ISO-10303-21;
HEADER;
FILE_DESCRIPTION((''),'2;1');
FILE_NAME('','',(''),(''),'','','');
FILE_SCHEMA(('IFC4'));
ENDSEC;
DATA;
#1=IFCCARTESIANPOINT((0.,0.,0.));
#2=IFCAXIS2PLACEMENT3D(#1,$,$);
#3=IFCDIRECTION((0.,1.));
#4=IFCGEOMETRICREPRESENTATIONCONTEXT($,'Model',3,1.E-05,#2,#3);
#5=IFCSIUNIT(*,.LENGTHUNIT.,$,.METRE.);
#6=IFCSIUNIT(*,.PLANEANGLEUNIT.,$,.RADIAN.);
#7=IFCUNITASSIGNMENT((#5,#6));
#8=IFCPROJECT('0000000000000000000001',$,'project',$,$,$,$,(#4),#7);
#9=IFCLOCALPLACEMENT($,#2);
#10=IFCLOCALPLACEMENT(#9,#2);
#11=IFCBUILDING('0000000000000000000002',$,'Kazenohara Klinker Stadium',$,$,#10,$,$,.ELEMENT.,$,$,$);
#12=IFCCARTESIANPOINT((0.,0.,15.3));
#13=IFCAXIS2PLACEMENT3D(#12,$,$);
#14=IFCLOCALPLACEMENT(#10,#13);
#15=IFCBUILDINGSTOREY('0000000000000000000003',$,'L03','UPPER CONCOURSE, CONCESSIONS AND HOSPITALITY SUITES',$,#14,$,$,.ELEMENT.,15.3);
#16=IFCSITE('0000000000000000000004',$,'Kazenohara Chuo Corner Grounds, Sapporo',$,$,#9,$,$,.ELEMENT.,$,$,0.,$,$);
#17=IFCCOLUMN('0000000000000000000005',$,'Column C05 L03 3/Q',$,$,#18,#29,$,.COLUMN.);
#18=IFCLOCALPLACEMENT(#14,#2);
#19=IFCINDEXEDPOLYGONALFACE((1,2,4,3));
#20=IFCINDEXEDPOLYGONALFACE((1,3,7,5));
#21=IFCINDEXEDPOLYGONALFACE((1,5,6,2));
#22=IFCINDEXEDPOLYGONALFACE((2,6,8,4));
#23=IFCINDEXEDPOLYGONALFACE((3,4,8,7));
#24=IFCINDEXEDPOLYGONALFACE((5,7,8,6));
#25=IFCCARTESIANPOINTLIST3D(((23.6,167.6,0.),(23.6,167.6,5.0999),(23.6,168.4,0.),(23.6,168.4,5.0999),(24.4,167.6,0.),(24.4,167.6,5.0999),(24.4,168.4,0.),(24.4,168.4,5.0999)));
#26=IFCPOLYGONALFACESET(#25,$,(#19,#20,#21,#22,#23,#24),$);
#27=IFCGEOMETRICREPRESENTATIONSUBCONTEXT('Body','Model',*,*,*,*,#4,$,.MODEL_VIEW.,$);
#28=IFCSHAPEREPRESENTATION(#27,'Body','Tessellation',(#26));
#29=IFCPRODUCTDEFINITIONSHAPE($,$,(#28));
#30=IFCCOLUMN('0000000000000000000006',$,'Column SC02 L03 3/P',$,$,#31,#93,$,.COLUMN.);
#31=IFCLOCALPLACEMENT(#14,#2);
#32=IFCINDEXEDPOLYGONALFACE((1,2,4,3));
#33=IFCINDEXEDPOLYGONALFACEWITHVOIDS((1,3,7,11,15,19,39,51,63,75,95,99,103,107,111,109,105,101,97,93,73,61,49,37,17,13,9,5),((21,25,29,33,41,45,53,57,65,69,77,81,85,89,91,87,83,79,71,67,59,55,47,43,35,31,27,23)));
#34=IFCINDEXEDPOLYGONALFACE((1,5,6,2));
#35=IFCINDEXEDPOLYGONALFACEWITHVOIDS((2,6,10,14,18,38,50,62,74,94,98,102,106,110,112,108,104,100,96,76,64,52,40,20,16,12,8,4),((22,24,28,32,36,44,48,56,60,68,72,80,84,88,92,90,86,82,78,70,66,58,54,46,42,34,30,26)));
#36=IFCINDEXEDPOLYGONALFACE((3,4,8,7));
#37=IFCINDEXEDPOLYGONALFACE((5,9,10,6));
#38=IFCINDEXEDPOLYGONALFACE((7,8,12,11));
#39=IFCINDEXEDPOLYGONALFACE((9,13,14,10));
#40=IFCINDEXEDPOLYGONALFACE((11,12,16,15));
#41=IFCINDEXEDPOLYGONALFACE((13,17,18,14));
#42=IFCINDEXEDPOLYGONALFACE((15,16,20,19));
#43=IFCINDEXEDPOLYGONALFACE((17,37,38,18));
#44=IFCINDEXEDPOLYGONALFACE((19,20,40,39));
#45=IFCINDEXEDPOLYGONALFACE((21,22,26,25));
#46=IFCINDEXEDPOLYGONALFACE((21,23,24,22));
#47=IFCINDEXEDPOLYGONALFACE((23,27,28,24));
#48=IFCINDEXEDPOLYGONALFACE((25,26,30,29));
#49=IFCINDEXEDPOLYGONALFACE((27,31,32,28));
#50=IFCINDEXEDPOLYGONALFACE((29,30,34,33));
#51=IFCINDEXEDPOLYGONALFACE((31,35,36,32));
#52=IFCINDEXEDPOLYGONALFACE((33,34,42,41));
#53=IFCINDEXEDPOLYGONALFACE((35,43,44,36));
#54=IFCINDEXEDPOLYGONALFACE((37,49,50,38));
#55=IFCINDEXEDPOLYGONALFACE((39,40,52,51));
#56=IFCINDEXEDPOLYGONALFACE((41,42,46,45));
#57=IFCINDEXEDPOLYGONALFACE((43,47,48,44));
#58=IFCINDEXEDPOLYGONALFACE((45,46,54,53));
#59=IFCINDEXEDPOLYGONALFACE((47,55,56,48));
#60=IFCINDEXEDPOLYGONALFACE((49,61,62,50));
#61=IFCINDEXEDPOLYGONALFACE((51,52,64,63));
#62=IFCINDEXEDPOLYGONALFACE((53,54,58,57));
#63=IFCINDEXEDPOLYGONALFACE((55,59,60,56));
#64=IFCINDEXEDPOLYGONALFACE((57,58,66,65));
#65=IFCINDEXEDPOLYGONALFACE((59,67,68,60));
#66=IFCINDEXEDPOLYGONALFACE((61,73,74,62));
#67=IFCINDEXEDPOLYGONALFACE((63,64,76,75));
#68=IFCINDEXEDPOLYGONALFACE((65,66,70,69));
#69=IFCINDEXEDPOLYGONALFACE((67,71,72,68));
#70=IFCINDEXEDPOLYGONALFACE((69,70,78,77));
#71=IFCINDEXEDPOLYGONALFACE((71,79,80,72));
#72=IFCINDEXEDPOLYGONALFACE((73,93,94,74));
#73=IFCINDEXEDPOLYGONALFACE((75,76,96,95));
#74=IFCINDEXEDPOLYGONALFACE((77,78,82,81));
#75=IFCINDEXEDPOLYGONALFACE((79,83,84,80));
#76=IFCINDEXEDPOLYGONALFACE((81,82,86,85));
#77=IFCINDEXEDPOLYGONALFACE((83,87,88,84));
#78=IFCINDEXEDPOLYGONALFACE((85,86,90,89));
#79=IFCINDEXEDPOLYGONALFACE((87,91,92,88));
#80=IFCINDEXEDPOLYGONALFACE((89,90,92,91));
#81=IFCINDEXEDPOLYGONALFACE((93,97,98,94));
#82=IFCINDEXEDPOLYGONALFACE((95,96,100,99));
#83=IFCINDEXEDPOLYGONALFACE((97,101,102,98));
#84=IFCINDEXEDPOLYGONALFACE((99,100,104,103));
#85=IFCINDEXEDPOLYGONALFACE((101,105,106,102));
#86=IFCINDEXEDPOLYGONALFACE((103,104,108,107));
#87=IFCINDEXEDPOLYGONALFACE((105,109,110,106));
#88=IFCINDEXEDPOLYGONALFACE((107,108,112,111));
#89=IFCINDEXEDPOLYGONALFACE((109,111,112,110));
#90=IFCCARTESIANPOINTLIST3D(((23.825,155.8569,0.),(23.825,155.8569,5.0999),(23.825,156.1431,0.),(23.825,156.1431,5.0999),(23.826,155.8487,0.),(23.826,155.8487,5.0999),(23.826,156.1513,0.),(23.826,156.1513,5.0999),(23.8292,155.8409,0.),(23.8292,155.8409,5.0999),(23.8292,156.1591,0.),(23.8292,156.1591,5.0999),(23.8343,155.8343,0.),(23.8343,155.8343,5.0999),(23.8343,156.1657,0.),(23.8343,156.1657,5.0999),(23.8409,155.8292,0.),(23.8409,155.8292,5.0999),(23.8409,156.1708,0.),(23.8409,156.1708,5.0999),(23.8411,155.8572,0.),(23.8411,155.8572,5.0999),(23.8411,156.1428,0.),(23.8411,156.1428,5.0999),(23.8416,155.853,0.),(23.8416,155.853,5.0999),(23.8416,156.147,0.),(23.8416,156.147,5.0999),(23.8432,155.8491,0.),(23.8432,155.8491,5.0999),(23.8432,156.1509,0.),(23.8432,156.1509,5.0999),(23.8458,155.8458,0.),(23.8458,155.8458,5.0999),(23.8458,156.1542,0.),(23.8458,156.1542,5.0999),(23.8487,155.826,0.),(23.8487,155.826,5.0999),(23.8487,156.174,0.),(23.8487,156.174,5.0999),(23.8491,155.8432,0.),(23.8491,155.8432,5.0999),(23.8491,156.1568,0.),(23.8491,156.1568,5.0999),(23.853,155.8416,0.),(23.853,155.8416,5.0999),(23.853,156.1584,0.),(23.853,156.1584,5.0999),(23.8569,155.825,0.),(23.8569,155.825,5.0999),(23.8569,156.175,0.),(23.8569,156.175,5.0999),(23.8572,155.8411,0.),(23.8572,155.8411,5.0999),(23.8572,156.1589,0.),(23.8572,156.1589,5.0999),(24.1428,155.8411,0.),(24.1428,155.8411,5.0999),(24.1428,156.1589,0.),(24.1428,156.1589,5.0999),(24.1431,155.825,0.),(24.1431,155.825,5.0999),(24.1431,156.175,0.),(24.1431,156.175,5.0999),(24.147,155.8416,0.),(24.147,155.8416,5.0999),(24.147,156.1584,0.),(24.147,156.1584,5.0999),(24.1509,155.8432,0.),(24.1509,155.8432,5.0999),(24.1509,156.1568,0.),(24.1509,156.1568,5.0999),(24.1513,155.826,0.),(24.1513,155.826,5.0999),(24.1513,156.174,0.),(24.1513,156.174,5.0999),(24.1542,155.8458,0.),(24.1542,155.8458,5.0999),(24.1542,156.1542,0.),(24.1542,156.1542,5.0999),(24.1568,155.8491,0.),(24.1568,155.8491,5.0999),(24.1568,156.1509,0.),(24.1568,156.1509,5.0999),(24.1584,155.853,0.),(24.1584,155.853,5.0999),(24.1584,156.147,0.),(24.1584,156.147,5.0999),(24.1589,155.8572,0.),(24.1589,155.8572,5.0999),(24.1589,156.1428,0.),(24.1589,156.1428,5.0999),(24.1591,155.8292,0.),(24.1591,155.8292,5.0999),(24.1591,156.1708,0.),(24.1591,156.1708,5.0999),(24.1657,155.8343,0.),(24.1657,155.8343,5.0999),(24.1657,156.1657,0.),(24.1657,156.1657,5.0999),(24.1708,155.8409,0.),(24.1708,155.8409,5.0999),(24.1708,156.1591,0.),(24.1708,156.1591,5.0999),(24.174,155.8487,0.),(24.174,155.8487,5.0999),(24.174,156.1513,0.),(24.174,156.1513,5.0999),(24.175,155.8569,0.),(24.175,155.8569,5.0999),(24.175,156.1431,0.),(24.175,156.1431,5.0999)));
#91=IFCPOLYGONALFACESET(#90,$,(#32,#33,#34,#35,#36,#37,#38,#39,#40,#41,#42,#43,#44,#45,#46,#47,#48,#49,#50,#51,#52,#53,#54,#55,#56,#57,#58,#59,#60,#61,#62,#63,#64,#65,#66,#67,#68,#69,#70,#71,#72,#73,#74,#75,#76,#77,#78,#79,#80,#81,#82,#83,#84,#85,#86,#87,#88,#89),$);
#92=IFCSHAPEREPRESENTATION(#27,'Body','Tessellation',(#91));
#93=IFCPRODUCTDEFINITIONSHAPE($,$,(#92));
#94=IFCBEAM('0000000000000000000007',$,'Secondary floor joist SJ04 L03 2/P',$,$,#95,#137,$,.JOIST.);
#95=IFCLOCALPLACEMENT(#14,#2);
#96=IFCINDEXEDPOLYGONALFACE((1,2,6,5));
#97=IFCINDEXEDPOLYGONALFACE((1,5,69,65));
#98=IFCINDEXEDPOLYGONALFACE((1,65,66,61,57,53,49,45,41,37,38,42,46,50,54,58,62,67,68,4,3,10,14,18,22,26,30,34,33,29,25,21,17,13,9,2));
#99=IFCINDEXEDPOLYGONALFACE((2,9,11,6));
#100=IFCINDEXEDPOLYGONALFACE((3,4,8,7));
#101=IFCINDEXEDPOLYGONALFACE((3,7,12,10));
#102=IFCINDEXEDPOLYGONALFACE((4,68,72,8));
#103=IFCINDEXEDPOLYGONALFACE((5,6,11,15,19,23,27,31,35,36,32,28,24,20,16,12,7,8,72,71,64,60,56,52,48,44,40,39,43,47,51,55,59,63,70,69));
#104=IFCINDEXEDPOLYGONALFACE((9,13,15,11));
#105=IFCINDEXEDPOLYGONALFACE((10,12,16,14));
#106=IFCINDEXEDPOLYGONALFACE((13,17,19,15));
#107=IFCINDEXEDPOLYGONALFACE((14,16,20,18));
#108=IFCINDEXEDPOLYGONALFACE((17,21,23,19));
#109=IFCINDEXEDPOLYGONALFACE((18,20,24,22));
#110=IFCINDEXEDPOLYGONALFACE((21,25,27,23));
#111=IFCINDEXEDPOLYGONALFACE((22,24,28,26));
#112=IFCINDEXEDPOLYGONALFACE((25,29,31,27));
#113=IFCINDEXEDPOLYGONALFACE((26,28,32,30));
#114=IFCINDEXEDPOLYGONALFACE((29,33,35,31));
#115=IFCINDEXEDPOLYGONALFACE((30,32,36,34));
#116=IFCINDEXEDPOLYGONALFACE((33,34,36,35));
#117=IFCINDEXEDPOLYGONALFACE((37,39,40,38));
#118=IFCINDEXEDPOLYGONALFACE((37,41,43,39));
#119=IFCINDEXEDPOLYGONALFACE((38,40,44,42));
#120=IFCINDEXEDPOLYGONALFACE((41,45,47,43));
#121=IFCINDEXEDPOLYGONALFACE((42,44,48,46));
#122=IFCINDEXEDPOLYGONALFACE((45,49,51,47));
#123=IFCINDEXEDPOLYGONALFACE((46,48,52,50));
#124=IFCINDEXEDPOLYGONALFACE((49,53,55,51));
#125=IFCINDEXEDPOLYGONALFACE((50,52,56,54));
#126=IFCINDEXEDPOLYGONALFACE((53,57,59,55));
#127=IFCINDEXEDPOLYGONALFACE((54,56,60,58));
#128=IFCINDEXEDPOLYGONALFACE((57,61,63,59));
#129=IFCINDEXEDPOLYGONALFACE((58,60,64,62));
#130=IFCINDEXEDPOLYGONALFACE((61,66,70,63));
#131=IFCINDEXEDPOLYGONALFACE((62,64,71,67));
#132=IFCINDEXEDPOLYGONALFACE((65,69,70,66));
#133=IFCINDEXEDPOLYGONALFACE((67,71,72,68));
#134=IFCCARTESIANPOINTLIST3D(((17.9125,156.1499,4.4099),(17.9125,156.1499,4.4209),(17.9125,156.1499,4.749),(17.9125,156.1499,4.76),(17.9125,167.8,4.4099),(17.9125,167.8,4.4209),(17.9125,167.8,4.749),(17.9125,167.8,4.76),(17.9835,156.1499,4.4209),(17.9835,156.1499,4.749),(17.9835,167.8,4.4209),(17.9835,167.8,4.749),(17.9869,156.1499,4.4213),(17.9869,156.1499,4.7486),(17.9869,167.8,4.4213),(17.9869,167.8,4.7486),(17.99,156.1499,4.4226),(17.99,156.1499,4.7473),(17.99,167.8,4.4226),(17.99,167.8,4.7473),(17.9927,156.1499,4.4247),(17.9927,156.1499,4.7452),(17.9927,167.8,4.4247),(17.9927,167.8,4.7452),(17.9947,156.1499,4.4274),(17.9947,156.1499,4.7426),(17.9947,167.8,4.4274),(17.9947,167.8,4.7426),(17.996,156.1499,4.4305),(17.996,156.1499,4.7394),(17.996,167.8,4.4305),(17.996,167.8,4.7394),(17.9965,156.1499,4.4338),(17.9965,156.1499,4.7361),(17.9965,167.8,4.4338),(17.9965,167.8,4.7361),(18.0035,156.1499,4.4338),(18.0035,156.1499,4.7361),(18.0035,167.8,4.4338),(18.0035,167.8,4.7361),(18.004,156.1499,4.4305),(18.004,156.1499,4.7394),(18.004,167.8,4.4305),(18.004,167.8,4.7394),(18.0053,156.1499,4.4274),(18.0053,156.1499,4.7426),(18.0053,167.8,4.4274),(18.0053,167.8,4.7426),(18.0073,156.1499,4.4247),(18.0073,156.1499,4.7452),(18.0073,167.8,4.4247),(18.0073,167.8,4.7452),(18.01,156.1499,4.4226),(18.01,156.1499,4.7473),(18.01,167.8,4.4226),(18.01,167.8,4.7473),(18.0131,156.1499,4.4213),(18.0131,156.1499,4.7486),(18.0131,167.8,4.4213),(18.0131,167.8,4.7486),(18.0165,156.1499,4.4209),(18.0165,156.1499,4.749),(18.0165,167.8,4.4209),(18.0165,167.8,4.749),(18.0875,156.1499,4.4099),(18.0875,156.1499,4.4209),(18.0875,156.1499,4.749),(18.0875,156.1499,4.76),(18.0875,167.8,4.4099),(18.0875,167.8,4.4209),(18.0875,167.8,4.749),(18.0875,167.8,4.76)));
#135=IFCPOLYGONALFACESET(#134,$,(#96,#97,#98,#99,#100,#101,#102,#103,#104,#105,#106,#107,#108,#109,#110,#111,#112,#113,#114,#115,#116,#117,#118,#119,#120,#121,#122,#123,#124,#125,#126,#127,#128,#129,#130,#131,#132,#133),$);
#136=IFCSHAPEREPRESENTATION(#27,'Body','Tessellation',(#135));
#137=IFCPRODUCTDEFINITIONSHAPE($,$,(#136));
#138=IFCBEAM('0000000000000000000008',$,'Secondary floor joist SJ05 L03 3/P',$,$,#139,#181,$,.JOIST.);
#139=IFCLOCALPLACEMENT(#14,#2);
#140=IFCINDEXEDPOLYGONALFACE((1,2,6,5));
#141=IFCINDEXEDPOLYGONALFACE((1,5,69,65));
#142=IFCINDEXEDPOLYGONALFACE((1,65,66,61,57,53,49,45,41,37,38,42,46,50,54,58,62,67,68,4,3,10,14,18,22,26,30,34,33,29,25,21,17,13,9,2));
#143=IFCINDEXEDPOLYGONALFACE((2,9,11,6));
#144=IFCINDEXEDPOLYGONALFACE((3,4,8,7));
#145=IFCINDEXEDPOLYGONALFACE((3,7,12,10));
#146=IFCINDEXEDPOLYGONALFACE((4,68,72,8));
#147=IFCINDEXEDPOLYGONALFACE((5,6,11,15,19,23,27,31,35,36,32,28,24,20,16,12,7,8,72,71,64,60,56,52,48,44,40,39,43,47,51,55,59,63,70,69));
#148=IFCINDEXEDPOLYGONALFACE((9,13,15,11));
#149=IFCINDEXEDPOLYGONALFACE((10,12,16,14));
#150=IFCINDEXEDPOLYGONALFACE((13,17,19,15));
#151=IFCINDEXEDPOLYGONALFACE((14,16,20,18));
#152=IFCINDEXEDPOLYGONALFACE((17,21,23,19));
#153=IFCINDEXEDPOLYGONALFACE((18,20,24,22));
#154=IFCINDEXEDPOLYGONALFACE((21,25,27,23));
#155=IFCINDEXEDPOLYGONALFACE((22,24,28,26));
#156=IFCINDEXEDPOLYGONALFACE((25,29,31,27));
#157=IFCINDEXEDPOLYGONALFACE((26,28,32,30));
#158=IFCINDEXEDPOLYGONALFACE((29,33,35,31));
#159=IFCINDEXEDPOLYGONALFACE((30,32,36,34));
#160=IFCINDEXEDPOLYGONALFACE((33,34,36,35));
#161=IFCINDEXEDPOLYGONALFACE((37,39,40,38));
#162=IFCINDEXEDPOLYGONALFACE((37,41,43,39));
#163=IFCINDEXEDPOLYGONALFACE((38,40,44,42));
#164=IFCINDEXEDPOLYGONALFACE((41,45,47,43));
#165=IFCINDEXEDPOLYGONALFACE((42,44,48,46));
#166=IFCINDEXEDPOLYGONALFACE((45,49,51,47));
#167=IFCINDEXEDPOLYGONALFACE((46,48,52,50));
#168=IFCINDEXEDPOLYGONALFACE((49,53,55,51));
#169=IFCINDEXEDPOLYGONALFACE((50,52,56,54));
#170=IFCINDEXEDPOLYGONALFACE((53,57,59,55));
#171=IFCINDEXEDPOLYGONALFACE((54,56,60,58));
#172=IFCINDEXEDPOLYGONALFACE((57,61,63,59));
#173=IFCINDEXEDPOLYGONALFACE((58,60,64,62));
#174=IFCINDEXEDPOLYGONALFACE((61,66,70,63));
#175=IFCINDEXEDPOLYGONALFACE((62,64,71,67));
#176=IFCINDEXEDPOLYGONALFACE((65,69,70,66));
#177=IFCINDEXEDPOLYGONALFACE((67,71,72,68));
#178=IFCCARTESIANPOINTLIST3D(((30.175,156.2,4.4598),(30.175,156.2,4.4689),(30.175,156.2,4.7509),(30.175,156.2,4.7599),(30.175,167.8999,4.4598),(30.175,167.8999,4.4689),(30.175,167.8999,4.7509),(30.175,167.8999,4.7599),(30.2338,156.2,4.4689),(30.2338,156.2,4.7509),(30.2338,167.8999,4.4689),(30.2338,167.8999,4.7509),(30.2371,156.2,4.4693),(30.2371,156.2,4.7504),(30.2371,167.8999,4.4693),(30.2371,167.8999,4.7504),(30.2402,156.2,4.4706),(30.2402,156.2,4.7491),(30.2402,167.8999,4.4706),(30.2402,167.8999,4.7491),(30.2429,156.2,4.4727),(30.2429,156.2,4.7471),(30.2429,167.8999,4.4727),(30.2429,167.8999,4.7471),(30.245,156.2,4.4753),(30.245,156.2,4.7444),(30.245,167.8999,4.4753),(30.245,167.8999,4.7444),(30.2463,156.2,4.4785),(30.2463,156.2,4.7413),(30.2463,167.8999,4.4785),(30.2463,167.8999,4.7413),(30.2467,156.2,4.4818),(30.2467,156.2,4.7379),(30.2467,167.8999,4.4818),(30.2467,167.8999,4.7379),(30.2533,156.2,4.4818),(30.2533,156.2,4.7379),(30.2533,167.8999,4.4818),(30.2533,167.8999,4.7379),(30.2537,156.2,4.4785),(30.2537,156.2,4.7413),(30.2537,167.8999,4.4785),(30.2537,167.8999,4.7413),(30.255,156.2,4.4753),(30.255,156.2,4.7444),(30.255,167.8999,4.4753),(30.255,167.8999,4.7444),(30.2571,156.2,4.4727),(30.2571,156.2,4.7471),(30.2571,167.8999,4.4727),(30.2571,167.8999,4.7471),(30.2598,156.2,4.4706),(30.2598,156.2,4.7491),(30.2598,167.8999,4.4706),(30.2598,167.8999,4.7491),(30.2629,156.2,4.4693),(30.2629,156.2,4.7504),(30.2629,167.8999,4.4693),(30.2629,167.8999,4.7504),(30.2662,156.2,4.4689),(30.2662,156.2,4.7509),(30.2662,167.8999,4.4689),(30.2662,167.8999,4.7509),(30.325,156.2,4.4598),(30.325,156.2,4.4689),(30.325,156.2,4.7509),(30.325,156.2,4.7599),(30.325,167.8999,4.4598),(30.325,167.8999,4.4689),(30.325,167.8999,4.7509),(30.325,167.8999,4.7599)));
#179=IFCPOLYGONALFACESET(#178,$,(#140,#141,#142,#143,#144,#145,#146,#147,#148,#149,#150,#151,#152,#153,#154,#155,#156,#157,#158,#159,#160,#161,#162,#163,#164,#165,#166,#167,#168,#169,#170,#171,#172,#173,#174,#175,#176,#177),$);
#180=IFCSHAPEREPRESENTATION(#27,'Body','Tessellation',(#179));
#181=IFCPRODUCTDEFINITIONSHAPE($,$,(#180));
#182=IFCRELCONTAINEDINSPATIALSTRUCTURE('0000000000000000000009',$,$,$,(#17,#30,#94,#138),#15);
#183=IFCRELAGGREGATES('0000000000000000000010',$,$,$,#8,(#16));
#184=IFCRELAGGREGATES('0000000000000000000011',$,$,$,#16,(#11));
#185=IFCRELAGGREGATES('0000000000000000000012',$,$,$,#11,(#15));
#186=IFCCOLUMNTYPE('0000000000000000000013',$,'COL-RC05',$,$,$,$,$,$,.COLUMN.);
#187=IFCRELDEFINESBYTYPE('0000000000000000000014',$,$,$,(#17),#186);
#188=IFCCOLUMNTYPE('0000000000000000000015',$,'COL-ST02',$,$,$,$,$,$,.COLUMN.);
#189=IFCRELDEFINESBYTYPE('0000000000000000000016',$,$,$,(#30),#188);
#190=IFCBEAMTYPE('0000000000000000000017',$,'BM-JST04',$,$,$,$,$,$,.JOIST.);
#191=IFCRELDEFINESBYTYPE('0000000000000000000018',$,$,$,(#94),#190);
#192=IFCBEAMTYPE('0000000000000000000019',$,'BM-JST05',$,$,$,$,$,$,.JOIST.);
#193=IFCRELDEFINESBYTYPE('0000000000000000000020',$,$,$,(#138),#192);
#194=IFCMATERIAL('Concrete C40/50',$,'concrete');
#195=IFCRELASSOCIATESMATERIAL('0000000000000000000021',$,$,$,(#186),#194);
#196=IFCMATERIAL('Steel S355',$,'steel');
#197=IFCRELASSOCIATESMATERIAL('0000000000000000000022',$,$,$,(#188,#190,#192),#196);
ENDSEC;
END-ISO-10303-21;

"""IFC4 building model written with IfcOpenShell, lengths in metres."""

from ifc_helpers import new_model, si_unit, direction, frame, origin, origin_2d, place, context, subcontext, project, spatial, rectangle, hollow_rectangle, i_section, extrude, material, material_profile, profile_set, type_object, element, save


model = new_model("IFC4")

# Units and contexts
model_context = context("Model", 3, precision=1e-05, world=origin(), true_north=direction((0.0, 1.0)))
body_context = subcontext(model_context, "Body", "Model", "MODEL_VIEW")
ifc_project = project(units=[si_unit("LENGTHUNIT", "METRE"), si_unit("PLANEANGLEUNIT", "RADIAN")], contexts=[model_context])

# Site, building, storey
site_placement = place(None, origin())
site = spatial("IfcSite", under=ifc_project, at=site_placement, Name="Kazenohara Chuo Corner Grounds, Sapporo", CompositionType="ELEMENT", RefElevation=0.0)
building_placement = place(site_placement, origin())
building = spatial("IfcBuilding", under=site, at=building_placement, Name="Kazenohara Klinker Stadium", CompositionType="ELEMENT")
storey_placement = place(building_placement, frame((0.0, 0.0, 15.3)))
storey = spatial("IfcBuildingStorey", under=building, at=storey_placement, Name="L03", Description="UPPER CONCOURSE, CONCESSIONS AND HOSPITALITY SUITES", CompositionType="ELEMENT", Elevation=15.3)

# Columns
ifc_material_1 = material(Name="Concrete C40/50", Category="concrete")
ifc_material_profile_1 = material_profile(ifc_material_1, rectangle(XDim=0.8, YDim=0.8, at=origin_2d()), Name="RC-COL-800x800")
ifc_profile_set_1 = profile_set([ifc_material_profile_1], Name="Concrete C40/50")
column_type_1 = type_object("IfcColumnType", Name="COL-RC05", PredefinedType="COLUMN", material=ifc_profile_set_1)
column_1_placement = place(storey_placement, frame((24.0, 168.0, 0.0), z_axis=(0.0, 0.0, 1.0), x_axis=(1.0, 0.0, 0.0)))
element("IfcColumn", 1, at=column_1_placement, inside=storey, type_object=column_type_1, Name="Column C05 L03 3/Q", PredefinedType="COLUMN", context=body_context, shape_type="SweptSolid", body=[
    extrude(rectangle(XDim=0.8, YDim=0.8, at=origin_2d()), origin(), (0.0, 0.0, 1.0), 5.0999),
])
ifc_material_2 = material(Name="Steel S355", Category="steel")
ifc_material_profile_2 = material_profile(ifc_material_2, hollow_rectangle(XDim=0.3501, YDim=0.3501, WallThickness=0.0161, InnerFilletRadius=0.0161, OuterFilletRadius=0.032, at=origin_2d()), Name="SHS-350x350x16")
ifc_profile_set_2 = profile_set([ifc_material_profile_2], Name="Steel S355")
column_type_2 = type_object("IfcColumnType", Name="COL-ST02", PredefinedType="COLUMN", material=ifc_profile_set_2)
column_2_placement = place(storey_placement, frame((24.0, 156.0, 0.0), z_axis=(0.0, 0.0, 1.0), x_axis=(1.0, 0.0, 0.0)))
element("IfcColumn", 2, at=column_2_placement, inside=storey, type_object=column_type_2, Name="Column SC02 L03 3/P", PredefinedType="COLUMN", context=body_context, shape_type="SweptSolid", body=[
    extrude(hollow_rectangle(XDim=0.3501, YDim=0.3501, WallThickness=0.0161, InnerFilletRadius=0.0161, OuterFilletRadius=0.032, at=origin_2d()), origin(), (0.0, 0.0, 1.0), 5.0999),
])

# Beams
ifc_material_profile_3 = material_profile(ifc_material_2, i_section(OverallWidth=0.175, OverallDepth=0.3501, WebThickness=0.0071, FlangeThickness=0.011, FilletRadius=0.0129, at=origin_2d()), Name="H-350x175x7x11")
ifc_profile_set_3 = profile_set([ifc_material_profile_3], Name="Steel S355")
beam_type_1 = type_object("IfcBeamType", Name="BM-JST04", PredefinedType="JOIST", material=ifc_profile_set_3)
beam_1_placement = place(storey_placement, frame((18.0, 156.1499, 4.585), z_axis=(0.0, 1.0, 0.0), x_axis=(-1.0, 0.0, 0.0)))
element("IfcBeam", 3, at=beam_1_placement, inside=storey, type_object=beam_type_1, Name="Secondary floor joist SJ04 L03 2/P", PredefinedType="JOIST", context=body_context, shape_type="SweptSolid", body=[
    extrude(i_section(OverallWidth=0.175, OverallDepth=0.3501, WebThickness=0.0071, FlangeThickness=0.011, FilletRadius=0.0129, at=origin_2d()), origin(), (0.0, 0.0, 1.0), 11.6501),
])
ifc_material_profile_4 = material_profile(ifc_material_2, i_section(OverallWidth=0.1499, OverallDepth=0.3, WebThickness=0.0066, FlangeThickness=0.009, FilletRadius=0.0129, at=origin_2d()), Name="H-300x150x6.5x9")
ifc_profile_set_4 = profile_set([ifc_material_profile_4], Name="Steel S355")
beam_type_2 = type_object("IfcBeamType", Name="BM-JST05", PredefinedType="JOIST", material=ifc_profile_set_4)
beam_2_placement = place(storey_placement, frame((30.25, 156.2, 4.6099), z_axis=(0.0, 1.0, 0.0), x_axis=(-1.0, 0.0, 0.0)))
element("IfcBeam", 4, at=beam_2_placement, inside=storey, type_object=beam_type_2, Name="Secondary floor joist SJ05 L03 3/P", PredefinedType="JOIST", context=body_context, shape_type="SweptSolid", body=[
    extrude(i_section(OverallWidth=0.1499, OverallDepth=0.3, WebThickness=0.0066, FlangeThickness=0.009, FilletRadius=0.0129, at=origin_2d()), origin(), (0.0, 0.0, 1.0), 11.7),
])

save(model, "model.ifc")
